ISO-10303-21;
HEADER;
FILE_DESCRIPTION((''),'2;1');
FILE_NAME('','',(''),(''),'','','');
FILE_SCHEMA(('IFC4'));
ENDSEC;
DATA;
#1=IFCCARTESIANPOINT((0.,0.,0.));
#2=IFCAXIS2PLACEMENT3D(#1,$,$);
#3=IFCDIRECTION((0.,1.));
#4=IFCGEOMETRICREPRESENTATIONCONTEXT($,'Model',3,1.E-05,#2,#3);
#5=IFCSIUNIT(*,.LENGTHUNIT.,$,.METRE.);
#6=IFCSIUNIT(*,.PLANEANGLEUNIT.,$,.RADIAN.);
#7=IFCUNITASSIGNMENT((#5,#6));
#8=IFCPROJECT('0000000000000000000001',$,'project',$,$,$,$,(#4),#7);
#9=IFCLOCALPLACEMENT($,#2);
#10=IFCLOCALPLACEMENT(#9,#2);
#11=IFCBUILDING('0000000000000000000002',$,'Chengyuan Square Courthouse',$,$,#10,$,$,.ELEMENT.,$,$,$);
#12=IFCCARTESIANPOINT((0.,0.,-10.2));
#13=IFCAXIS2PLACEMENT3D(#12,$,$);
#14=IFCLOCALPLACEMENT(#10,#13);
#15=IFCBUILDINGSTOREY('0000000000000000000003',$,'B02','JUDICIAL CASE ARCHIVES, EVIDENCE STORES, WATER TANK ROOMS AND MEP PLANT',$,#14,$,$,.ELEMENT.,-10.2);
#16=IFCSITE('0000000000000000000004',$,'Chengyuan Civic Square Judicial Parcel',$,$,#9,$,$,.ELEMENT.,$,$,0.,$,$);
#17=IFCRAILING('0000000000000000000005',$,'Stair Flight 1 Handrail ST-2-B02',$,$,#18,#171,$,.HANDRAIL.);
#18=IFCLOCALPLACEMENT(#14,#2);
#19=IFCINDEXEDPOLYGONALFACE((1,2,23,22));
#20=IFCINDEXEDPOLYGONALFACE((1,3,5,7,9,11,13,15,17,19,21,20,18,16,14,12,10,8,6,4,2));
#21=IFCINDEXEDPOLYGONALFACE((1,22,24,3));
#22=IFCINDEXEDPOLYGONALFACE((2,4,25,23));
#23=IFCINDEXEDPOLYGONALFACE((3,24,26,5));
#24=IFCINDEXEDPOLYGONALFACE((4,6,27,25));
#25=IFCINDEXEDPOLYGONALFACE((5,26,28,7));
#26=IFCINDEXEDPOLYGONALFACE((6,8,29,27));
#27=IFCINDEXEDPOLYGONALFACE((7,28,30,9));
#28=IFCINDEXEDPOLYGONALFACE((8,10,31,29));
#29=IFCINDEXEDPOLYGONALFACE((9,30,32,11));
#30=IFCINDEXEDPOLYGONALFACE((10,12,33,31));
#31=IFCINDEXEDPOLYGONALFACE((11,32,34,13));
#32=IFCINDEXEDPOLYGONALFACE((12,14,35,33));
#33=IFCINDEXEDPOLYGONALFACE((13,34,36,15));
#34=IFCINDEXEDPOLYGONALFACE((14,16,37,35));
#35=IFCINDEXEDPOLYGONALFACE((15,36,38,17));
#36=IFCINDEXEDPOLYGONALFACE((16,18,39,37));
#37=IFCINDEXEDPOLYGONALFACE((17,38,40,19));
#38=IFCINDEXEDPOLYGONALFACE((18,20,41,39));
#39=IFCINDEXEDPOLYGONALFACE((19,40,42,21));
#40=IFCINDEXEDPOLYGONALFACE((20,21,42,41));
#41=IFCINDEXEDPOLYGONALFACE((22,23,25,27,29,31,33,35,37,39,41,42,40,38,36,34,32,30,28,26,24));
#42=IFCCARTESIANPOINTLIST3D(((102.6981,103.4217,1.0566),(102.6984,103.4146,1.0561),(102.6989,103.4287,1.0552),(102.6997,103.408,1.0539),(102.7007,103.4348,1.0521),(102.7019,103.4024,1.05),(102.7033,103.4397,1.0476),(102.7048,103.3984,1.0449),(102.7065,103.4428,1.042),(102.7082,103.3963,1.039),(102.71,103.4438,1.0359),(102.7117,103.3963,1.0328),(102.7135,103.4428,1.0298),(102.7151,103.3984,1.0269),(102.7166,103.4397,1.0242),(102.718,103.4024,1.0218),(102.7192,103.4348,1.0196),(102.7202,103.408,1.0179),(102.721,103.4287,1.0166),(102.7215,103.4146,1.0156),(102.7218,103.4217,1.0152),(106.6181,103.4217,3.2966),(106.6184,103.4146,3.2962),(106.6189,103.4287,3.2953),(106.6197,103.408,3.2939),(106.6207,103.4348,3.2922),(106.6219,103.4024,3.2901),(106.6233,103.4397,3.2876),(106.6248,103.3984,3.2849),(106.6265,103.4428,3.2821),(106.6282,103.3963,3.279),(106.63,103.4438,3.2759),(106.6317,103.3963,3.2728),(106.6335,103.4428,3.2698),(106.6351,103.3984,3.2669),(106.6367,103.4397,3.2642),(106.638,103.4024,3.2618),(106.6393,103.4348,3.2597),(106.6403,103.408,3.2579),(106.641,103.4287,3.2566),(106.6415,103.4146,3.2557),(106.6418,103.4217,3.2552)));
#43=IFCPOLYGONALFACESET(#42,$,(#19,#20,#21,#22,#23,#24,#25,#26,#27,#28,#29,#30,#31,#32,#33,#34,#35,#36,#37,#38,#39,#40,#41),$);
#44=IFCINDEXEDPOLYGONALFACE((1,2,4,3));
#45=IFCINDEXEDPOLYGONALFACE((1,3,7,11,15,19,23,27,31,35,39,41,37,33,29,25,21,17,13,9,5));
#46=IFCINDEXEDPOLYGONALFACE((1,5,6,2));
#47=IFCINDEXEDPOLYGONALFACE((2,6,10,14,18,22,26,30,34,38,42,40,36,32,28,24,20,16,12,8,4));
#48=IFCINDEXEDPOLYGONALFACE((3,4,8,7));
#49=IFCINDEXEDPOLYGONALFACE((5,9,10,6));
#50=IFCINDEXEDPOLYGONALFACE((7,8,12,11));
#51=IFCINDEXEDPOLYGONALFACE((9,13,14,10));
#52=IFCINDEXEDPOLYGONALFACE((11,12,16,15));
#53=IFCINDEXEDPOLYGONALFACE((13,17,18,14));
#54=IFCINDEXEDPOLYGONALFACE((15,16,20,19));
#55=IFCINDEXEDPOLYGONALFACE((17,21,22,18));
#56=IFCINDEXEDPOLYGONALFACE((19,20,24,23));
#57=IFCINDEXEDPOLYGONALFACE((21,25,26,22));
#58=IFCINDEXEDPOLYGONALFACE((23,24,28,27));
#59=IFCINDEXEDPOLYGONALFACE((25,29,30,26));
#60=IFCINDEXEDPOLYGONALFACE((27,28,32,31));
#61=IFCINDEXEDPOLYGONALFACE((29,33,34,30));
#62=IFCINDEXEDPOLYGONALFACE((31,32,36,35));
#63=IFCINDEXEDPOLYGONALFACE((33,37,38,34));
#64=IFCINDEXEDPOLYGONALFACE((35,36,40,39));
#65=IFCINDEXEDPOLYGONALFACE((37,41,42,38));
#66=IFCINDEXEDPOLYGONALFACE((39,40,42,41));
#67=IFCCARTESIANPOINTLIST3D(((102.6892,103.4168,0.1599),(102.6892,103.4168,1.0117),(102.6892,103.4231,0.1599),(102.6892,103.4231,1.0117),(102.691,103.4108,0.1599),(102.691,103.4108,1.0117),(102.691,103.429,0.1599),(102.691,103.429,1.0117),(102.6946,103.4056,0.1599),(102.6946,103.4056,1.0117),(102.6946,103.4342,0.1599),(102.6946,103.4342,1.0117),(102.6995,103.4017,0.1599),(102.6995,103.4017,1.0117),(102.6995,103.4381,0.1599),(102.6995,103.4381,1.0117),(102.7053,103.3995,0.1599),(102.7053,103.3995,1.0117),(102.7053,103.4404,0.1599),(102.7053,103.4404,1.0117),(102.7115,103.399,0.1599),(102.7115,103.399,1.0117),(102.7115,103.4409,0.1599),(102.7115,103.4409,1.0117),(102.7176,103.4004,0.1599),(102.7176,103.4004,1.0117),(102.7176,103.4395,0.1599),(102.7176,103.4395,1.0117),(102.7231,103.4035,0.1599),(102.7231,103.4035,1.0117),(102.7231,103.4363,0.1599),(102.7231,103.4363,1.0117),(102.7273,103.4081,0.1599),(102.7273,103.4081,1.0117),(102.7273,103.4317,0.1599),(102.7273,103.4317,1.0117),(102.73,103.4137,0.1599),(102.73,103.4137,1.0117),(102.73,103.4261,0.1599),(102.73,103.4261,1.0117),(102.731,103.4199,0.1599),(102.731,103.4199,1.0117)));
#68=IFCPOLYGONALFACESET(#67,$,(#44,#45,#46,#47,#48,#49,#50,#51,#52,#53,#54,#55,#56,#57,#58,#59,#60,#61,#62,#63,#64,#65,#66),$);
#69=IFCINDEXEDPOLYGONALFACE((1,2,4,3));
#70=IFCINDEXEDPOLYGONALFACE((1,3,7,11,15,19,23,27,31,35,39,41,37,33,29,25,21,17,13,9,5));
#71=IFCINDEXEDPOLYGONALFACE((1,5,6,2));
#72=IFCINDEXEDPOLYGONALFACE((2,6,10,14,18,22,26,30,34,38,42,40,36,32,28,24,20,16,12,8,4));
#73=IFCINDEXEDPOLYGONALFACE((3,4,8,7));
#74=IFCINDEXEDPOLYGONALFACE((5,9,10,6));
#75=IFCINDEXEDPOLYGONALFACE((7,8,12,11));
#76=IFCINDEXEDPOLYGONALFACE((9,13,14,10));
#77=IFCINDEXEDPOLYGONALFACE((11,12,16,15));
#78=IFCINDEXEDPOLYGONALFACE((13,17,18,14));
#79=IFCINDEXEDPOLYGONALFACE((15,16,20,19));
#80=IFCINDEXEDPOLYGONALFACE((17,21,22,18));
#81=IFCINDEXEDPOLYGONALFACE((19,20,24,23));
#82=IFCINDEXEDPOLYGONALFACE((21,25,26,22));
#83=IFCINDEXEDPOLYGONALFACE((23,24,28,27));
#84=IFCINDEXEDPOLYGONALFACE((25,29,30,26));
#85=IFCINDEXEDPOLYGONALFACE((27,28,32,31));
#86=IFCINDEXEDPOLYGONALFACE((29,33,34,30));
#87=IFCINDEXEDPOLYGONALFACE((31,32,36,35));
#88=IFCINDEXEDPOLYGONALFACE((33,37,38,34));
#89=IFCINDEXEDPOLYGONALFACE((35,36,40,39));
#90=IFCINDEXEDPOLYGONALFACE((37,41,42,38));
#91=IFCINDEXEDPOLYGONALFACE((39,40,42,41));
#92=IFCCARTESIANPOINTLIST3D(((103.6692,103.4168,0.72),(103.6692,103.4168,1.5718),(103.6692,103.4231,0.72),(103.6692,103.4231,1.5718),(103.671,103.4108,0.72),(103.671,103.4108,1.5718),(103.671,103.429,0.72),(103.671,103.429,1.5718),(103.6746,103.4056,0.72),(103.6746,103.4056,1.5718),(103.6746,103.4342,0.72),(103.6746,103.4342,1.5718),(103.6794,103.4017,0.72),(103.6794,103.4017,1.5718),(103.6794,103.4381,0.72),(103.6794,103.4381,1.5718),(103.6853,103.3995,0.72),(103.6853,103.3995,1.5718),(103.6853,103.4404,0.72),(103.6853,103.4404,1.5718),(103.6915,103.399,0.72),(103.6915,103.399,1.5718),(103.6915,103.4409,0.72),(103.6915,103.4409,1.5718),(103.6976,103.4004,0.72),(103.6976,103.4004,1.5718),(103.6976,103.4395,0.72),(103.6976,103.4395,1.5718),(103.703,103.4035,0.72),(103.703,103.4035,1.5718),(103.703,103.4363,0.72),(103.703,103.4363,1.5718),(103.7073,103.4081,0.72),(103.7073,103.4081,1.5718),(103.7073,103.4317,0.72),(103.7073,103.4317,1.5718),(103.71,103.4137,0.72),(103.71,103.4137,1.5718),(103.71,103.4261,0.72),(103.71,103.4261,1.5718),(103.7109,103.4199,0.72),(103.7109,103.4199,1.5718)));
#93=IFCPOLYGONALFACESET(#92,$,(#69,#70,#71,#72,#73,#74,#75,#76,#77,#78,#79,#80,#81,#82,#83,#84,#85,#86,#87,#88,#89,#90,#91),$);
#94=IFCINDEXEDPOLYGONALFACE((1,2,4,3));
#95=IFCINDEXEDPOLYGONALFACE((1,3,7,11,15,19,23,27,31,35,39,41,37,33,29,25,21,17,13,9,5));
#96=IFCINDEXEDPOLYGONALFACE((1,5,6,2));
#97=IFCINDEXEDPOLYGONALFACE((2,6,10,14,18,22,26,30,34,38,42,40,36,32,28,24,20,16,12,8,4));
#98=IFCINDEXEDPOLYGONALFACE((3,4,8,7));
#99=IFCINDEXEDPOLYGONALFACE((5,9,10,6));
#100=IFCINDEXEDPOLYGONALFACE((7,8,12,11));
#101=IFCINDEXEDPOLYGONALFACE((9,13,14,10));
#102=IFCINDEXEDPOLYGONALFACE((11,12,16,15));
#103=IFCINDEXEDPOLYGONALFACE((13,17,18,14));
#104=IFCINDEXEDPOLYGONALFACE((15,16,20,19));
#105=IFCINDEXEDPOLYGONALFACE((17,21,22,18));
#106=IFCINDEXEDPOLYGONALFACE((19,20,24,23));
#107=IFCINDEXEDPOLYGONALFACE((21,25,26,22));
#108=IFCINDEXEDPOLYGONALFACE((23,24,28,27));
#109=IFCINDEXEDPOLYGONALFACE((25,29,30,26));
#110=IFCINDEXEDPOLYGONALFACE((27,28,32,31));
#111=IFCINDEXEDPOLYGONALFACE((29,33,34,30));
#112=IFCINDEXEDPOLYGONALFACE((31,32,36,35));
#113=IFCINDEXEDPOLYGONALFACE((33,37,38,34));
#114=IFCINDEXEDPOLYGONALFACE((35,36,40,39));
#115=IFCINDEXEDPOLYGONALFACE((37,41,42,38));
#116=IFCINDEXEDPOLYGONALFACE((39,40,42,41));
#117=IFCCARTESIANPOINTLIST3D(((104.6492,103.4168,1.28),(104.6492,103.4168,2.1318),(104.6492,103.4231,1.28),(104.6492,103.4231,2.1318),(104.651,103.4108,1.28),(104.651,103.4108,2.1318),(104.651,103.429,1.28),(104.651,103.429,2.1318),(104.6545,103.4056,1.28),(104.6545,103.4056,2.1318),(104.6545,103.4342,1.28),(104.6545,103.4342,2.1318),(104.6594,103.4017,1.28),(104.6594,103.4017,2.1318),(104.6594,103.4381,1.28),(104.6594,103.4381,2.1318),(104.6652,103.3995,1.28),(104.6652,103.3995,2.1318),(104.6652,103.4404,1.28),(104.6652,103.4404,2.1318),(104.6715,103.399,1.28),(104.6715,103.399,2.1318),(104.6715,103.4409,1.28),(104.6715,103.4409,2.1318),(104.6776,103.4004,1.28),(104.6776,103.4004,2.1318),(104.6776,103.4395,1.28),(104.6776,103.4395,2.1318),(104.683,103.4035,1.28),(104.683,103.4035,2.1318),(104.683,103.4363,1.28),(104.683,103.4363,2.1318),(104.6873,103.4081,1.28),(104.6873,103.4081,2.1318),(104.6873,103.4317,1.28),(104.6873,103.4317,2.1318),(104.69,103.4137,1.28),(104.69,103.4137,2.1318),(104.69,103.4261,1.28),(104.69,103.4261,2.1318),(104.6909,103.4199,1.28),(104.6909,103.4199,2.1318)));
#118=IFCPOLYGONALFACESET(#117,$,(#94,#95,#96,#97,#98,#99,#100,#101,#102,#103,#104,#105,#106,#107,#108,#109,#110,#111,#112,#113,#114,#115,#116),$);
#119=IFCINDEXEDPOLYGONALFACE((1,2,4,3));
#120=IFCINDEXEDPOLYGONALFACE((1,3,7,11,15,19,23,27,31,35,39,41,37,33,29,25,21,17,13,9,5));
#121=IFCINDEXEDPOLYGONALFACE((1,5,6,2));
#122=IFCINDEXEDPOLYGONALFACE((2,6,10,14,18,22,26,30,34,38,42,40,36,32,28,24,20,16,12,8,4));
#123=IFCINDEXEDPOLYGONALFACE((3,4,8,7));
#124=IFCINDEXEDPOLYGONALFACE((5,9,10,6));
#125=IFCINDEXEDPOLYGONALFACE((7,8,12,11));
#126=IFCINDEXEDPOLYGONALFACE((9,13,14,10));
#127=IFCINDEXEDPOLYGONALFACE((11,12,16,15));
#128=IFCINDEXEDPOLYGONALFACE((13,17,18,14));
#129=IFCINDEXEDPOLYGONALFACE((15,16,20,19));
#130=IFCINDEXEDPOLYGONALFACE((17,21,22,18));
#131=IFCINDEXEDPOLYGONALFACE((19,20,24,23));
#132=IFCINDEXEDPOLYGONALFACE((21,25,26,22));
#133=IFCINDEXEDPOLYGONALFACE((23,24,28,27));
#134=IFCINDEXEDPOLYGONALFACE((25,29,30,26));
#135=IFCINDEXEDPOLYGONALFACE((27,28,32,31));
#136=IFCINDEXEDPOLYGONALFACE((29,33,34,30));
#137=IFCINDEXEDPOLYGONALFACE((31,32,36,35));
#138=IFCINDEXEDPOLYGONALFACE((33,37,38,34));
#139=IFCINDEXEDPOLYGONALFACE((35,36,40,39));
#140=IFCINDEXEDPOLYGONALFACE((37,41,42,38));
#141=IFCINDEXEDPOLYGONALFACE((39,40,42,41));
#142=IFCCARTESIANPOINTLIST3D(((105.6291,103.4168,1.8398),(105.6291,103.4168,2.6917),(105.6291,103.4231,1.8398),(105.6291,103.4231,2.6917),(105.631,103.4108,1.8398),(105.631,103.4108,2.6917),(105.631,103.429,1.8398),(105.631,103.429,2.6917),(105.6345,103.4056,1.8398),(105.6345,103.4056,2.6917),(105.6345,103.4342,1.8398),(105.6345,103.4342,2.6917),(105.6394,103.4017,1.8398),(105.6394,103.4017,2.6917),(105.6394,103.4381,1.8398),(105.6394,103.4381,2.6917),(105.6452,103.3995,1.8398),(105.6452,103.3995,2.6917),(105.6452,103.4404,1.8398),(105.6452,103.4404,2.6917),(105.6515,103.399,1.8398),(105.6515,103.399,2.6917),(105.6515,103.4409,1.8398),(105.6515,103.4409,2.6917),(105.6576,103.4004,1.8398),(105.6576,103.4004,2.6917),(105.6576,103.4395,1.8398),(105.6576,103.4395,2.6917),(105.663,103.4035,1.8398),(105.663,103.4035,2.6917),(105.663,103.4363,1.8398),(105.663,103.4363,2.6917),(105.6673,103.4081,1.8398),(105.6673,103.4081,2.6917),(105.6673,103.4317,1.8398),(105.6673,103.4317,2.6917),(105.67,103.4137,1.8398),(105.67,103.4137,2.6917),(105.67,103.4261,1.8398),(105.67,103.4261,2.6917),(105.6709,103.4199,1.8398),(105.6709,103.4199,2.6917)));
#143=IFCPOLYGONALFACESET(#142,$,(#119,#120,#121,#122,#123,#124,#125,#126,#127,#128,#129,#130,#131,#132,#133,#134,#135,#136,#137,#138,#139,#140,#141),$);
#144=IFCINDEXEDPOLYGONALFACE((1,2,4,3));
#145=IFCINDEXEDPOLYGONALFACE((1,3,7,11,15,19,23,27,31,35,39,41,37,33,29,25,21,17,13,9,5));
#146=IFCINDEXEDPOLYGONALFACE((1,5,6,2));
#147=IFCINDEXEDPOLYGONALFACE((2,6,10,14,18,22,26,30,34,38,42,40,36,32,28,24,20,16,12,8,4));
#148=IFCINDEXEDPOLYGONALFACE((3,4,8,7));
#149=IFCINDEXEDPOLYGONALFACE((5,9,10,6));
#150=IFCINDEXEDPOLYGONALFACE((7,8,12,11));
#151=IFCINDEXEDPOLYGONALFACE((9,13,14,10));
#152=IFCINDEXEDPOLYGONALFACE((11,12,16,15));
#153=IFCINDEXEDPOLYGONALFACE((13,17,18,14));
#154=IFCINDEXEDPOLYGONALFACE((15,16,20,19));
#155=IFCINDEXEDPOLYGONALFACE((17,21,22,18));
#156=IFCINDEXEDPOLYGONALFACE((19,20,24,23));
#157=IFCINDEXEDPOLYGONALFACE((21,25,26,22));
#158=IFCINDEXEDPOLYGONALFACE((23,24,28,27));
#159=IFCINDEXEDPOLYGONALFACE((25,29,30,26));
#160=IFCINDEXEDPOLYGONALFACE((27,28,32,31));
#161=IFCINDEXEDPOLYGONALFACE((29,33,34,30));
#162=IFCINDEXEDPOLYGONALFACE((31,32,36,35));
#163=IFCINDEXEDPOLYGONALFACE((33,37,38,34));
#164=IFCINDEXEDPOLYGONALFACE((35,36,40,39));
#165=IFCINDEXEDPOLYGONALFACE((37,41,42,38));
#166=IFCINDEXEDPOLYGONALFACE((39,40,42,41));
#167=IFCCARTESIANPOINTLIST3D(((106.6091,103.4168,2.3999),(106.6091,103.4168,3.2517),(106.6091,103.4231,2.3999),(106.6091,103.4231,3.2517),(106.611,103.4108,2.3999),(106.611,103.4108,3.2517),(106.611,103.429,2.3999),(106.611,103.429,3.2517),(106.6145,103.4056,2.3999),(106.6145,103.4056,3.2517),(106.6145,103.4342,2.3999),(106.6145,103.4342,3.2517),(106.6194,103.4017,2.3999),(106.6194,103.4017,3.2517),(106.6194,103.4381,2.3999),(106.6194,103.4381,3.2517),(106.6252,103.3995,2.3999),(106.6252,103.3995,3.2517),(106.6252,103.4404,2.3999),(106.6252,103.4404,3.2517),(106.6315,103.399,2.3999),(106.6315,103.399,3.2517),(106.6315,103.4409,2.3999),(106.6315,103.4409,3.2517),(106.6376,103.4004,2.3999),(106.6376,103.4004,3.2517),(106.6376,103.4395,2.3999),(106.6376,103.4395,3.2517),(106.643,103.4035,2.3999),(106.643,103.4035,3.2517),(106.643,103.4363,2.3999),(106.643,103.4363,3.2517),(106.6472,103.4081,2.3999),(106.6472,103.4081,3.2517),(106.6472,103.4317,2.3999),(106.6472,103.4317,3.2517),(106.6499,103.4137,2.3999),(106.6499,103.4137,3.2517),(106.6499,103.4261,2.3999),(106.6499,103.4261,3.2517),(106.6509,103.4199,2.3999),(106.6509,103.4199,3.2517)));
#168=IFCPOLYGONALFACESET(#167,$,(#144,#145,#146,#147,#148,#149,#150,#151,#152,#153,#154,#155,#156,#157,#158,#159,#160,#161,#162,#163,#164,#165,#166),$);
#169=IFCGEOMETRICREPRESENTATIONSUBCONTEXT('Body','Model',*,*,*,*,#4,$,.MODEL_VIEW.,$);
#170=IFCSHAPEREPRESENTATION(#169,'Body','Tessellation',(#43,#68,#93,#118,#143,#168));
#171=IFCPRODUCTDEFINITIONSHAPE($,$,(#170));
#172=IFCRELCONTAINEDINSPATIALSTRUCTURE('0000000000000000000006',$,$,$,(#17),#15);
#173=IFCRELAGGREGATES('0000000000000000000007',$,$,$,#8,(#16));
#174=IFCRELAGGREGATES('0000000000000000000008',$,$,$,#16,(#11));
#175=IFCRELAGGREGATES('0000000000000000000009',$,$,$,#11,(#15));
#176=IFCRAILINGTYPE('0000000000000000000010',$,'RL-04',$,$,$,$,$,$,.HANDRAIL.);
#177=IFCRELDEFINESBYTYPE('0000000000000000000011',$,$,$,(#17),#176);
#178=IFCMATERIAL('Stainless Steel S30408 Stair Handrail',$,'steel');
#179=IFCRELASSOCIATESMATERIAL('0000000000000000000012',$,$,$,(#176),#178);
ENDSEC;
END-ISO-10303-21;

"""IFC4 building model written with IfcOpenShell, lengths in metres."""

from ifc_helpers import new_model, si_unit, direction, frame, origin, origin_2d, place, context, subcontext, project, spatial, circle, extrude, material, type_object, element, save


model = new_model("IFC4")

# Units and contexts
model_context = context("Model", 3, precision=1e-05, world=origin(), true_north=direction((0.0, 1.0)))
body_context = subcontext(model_context, "Body", "Model", "MODEL_VIEW")
ifc_project = project(units=[si_unit("LENGTHUNIT", "METRE"), si_unit("PLANEANGLEUNIT", "RADIAN")], contexts=[model_context])

# Site, building, storey
site_placement = place(None, origin())
site = spatial("IfcSite", under=ifc_project, at=site_placement, Name="Chengyuan Civic Square Judicial Parcel", CompositionType="ELEMENT", RefElevation=0.0)
building_placement = place(site_placement, origin())
building = spatial("IfcBuilding", under=site, at=building_placement, Name="Chengyuan Square Courthouse", CompositionType="ELEMENT")
storey_placement = place(building_placement, frame((0.0, 0.0, -10.2)))
storey = spatial("IfcBuildingStorey", under=building, at=storey_placement, Name="B02", Description="JUDICIAL CASE ARCHIVES, EVIDENCE STORES, WATER TANK ROOMS AND MEP PLANT", CompositionType="ELEMENT", Elevation=-10.2)

# Railing
ifc_material_1 = material(Name="Stainless Steel S30408 Stair Handrail", Category="steel")
railing_type_1 = type_object("IfcRailingType", Name="RL-04", PredefinedType="HANDRAIL", material=ifc_material_1)
railing_1_placement = place(storey_placement, frame((102.71, 103.4199, 0.1599)))
element("IfcRailing", 1, at=railing_1_placement, inside=storey, type_object=railing_type_1, Name="Stair Flight 1 Handrail ST-2-B02", PredefinedType="HANDRAIL", context=body_context, shape_type="SweptSolid", body=[
    extrude(circle(Radius=0.0239, at=origin_2d()), frame((0.0, 0.0, 0.876), z_axis=(0.86824, 0.0, 0.496145), x_axis=(0.0, 1.0, 0.0)), (0.0, 0.0, 1.0), 4.5149),
    extrude(circle(Radius=0.021, at=origin_2d()), origin(), (0.0, 0.0, 1.0), 0.8518),
    extrude(circle(Radius=0.021, at=origin_2d()), frame((0.98, 0.0, 0.5601)), (0.0, 0.0, 1.0), 0.8518),
    extrude(circle(Radius=0.021, at=origin_2d()), frame((1.96, 0.0, 1.1201)), (0.0, 0.0, 1.0), 0.8518),
    extrude(circle(Radius=0.021, at=origin_2d()), frame((2.9399, 0.0, 1.6799)), (0.0, 0.0, 1.0), 0.8518),
    extrude(circle(Radius=0.021, at=origin_2d()), frame((3.9199, 0.0, 2.24)), (0.0, 0.0, 1.0), 0.8518),
])

save(model, "model.ifc")
